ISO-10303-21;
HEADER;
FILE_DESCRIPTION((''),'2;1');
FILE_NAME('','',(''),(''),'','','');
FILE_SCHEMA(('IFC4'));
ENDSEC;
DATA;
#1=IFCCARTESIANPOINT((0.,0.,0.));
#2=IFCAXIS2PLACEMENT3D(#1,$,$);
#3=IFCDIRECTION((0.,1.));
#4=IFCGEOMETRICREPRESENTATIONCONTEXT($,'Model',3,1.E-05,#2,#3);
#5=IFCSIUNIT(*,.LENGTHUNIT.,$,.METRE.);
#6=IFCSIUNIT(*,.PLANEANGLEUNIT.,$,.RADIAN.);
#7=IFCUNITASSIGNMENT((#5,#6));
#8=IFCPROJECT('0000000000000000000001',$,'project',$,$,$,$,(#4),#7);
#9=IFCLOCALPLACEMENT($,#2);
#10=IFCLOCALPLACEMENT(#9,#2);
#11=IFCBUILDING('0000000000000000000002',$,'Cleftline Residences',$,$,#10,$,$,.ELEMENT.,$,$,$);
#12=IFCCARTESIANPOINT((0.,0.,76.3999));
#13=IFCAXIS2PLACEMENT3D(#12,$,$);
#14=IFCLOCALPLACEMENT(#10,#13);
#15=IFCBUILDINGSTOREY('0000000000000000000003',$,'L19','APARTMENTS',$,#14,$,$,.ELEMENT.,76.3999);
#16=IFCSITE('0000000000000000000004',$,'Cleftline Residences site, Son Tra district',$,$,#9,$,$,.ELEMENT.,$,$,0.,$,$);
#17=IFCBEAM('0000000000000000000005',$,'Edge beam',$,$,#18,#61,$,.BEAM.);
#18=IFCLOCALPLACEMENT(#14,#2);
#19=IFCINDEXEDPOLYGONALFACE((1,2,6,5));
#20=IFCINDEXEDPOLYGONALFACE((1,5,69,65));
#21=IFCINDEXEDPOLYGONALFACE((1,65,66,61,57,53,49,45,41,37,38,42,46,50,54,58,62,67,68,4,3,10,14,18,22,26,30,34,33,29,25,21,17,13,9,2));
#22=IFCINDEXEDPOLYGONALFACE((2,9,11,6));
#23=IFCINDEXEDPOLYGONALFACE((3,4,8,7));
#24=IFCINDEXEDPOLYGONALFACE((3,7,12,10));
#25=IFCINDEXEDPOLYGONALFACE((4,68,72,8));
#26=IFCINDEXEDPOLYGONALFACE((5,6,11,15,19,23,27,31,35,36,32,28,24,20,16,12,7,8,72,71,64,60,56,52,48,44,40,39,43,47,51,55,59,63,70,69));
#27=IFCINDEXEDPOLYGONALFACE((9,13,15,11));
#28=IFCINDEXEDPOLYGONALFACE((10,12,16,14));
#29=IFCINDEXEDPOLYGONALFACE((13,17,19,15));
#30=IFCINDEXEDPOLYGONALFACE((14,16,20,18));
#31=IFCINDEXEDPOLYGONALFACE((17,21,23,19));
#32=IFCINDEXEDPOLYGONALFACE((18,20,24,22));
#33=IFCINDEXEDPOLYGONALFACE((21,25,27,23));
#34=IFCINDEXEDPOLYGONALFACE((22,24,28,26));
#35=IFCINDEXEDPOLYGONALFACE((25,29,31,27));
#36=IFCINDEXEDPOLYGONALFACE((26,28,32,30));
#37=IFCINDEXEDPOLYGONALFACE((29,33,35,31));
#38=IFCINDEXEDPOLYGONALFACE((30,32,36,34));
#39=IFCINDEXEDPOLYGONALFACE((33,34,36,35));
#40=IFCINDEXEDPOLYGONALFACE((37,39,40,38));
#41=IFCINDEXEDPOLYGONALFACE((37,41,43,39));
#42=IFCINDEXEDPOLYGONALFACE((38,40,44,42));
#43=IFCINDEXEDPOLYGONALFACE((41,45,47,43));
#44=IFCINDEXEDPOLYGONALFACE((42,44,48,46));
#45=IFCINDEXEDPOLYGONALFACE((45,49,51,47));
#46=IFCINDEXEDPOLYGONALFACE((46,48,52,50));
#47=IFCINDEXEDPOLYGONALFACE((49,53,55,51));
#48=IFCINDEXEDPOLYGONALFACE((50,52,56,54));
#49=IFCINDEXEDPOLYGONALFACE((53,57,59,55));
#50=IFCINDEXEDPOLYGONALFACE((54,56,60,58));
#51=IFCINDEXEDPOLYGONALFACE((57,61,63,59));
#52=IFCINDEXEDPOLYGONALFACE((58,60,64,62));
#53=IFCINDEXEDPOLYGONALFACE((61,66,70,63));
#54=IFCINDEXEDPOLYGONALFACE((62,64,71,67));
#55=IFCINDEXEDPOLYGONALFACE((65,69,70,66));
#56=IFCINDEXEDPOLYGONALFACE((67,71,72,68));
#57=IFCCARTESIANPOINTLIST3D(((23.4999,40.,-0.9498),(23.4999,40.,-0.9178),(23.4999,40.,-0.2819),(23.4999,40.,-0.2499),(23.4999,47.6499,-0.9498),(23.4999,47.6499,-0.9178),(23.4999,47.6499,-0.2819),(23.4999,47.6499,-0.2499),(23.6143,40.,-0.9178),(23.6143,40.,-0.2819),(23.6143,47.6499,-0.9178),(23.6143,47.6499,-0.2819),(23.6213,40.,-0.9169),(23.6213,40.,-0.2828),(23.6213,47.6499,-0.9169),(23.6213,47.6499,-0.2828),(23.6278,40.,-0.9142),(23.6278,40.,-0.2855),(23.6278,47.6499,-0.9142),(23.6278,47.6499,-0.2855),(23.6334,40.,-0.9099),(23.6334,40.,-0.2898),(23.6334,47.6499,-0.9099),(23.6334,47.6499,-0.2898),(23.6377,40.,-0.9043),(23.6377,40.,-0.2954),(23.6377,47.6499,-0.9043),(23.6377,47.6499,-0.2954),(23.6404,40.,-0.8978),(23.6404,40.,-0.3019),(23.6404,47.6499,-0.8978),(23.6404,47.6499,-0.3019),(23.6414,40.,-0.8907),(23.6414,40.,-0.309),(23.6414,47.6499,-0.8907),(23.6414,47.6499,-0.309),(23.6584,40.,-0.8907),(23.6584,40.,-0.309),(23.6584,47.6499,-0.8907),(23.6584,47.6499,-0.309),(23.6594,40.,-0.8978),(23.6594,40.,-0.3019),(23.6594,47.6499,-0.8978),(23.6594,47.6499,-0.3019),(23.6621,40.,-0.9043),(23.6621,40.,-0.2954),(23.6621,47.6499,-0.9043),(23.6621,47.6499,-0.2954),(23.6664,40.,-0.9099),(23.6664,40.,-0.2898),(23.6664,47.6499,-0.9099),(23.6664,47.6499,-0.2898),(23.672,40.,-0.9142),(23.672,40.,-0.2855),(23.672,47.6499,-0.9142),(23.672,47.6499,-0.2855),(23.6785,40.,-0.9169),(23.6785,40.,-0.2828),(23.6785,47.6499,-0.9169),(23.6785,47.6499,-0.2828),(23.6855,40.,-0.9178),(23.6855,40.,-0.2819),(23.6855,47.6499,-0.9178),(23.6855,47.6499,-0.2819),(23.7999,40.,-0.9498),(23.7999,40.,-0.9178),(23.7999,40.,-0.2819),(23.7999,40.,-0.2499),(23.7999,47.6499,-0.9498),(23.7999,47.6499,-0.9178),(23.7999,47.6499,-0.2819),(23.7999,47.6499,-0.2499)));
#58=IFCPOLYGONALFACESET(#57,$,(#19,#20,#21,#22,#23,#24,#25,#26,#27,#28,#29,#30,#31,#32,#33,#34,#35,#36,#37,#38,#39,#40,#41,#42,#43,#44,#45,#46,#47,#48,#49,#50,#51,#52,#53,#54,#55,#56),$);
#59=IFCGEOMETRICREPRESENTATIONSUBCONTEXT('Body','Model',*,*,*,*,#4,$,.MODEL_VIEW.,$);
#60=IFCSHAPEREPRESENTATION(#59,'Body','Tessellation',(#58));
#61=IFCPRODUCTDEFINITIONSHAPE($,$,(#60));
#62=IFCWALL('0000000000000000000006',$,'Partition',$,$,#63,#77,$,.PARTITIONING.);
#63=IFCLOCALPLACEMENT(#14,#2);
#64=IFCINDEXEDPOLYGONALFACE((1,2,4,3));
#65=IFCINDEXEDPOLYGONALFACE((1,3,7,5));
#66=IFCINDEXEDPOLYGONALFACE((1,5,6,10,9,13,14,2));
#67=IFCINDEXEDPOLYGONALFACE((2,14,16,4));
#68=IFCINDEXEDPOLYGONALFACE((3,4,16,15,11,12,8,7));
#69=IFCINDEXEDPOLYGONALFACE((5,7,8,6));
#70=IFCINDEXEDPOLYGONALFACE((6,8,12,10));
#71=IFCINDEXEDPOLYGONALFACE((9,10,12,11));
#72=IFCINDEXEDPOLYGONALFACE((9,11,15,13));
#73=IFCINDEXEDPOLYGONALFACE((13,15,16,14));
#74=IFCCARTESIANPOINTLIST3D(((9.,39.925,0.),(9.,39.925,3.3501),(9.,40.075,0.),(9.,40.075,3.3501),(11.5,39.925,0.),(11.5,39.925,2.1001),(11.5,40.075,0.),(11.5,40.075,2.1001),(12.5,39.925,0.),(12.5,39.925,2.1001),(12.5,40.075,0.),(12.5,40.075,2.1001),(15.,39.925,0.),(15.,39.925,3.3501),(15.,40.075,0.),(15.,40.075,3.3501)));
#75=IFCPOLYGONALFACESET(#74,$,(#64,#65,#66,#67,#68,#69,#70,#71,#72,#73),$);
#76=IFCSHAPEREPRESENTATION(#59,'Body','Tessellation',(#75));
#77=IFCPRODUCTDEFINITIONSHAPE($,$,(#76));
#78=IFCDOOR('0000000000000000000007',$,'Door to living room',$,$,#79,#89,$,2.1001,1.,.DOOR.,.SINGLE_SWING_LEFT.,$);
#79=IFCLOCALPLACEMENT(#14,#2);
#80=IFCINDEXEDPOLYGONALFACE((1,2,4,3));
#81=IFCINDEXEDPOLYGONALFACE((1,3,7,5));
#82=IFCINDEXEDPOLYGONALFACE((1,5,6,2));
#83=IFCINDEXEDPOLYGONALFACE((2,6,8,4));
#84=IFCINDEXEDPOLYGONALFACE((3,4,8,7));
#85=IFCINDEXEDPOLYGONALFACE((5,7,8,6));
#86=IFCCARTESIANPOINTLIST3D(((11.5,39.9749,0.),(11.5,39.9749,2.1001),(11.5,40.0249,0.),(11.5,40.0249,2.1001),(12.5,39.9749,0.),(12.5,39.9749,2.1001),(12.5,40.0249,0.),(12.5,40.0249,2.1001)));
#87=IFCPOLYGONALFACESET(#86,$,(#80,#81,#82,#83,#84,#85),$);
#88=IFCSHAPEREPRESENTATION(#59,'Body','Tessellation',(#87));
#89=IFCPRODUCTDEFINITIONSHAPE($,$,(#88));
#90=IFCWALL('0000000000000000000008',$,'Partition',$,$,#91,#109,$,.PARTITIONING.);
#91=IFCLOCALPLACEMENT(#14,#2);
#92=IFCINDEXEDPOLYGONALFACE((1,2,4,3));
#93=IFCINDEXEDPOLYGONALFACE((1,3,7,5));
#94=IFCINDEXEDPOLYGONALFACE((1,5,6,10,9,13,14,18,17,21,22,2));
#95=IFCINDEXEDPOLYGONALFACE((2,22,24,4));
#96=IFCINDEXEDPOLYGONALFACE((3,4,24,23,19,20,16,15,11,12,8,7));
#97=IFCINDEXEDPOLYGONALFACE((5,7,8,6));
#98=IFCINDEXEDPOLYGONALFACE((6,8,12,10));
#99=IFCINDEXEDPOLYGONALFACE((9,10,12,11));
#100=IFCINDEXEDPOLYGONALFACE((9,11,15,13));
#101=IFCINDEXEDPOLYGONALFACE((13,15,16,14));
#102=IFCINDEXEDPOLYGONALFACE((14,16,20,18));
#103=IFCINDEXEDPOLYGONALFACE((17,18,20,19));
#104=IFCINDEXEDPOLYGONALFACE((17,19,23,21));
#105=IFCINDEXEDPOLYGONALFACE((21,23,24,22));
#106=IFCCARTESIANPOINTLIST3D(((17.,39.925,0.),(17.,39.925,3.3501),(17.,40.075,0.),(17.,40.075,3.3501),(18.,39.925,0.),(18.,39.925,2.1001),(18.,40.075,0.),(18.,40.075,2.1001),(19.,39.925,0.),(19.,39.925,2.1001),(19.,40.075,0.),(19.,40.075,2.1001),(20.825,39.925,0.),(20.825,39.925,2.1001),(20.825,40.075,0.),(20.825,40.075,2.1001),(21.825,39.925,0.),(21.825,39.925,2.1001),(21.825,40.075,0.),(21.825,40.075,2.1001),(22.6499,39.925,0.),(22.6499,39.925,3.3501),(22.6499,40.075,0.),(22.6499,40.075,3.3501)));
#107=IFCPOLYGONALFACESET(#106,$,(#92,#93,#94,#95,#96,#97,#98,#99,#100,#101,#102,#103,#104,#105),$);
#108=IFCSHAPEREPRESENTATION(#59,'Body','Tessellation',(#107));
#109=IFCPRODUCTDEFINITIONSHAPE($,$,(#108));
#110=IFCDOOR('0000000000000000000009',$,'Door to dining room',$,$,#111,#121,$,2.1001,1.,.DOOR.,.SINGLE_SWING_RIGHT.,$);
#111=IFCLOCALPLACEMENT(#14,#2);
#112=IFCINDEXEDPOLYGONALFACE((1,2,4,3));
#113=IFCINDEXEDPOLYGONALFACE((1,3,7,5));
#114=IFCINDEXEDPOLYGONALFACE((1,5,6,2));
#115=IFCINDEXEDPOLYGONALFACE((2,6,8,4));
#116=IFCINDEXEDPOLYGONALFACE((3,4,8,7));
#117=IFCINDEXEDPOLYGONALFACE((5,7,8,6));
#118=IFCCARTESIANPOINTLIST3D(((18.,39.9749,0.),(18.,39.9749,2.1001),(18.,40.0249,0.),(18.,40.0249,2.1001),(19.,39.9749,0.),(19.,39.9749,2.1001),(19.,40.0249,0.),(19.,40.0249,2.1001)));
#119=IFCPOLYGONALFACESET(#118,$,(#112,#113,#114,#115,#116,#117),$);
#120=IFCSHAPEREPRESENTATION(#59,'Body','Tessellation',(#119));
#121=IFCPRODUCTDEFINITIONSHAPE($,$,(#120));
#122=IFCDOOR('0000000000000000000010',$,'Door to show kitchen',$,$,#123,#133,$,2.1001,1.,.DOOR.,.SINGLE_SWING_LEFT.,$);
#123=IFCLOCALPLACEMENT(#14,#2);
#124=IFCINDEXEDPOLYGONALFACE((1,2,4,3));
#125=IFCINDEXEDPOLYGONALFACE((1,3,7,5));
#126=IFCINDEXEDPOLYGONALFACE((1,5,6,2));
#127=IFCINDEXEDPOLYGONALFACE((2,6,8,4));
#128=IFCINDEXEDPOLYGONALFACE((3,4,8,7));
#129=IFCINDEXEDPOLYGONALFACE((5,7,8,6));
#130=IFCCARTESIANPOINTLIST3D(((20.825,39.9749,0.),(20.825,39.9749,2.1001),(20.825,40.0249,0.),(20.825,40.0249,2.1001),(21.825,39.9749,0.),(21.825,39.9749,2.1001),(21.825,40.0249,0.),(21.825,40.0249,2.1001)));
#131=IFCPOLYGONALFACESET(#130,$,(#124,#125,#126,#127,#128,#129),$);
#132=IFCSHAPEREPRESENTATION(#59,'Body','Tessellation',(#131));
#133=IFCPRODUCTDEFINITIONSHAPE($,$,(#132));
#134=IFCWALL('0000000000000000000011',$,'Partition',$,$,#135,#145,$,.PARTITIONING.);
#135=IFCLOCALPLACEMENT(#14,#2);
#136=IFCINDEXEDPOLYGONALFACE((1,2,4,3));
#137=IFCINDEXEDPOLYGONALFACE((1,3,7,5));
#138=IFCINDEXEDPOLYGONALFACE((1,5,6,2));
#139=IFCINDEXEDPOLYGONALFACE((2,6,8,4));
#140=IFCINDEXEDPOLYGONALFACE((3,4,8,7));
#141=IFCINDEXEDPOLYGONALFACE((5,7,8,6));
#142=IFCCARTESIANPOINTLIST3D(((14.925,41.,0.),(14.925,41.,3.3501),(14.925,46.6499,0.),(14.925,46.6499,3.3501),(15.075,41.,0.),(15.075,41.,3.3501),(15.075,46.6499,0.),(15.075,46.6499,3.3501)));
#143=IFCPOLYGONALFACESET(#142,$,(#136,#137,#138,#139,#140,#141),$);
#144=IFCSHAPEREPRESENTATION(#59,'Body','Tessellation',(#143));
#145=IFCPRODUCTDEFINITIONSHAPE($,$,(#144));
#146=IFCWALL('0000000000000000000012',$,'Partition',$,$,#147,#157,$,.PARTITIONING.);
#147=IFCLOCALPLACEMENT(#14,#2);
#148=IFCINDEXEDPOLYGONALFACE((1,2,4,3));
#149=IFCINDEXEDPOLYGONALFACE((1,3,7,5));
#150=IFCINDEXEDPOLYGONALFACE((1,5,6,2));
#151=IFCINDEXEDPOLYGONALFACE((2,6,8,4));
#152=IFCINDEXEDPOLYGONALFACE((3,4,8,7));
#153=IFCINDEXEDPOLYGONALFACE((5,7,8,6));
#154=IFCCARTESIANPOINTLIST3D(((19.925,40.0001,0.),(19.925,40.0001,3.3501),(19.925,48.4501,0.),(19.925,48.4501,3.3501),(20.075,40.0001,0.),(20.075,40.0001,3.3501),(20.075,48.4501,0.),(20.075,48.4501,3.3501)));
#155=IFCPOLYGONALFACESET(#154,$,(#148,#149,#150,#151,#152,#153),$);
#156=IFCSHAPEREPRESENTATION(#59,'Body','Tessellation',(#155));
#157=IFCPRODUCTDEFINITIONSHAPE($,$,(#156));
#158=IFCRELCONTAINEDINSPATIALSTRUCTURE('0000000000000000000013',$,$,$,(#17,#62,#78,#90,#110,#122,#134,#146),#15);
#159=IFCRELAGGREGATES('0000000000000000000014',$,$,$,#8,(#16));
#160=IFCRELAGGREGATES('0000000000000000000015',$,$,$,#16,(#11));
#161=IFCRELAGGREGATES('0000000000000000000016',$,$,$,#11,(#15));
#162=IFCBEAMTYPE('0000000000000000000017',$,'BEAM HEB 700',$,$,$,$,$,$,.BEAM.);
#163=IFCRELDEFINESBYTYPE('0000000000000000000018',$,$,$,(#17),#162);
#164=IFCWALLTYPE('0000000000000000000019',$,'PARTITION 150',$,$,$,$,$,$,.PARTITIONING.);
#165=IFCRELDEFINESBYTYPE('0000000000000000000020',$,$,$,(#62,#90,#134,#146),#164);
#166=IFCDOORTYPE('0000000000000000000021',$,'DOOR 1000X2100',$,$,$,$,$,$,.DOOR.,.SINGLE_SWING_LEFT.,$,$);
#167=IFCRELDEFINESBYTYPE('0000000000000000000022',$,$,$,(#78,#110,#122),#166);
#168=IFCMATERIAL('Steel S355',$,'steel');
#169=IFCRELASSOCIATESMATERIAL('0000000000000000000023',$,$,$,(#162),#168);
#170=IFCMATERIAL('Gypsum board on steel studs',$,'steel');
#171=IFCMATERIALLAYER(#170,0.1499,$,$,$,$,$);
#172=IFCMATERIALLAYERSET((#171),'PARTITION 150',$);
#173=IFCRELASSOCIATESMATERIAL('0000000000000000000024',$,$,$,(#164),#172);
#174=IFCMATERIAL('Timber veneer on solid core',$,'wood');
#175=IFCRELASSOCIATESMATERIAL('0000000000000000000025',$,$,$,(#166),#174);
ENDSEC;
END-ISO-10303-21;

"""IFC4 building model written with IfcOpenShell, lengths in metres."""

from ifc_helpers import new_model, si_unit, direction, frame, frame_2d, origin, origin_2d, place, context, subcontext, project, spatial, rectangle, i_section, extrude, material, layer, layer_set, material_profile, profile_set, type_object, element, fill, save


model = new_model("IFC4")

# Units and contexts
model_context = context("Model", 3, precision=1e-05, world=origin(), true_north=direction((0.0, 1.0)))
body_context = subcontext(model_context, "Body", "Model", "MODEL_VIEW")
ifc_project = project(units=[si_unit("LENGTHUNIT", "METRE"), si_unit("PLANEANGLEUNIT", "RADIAN")], contexts=[model_context])

# Site, building, storey
site_placement = place(None, origin())
site = spatial("IfcSite", under=ifc_project, at=site_placement, Name="Cleftline Residences site, Son Tra district", CompositionType="ELEMENT", RefElevation=0.0)
building_placement = place(site_placement, origin())
building = spatial("IfcBuilding", under=site, at=building_placement, Name="Cleftline Residences", CompositionType="ELEMENT")
storey_placement = place(building_placement, frame((0.0, 0.0, 76.3999)))
storey = spatial("IfcBuildingStorey", under=building, at=storey_placement, Name="L19", Description="APARTMENTS", CompositionType="ELEMENT", Elevation=76.3999)

# Beam
ifc_material_1 = material(Name="Steel S355", Category="steel")
ifc_material_profile_1 = material_profile(ifc_material_1, i_section(OverallWidth=0.3, OverallDepth=0.7, WebThickness=0.0171, FlangeThickness=0.032, FilletRadius=0.0271, at=origin_2d()))
ifc_profile_set_1 = profile_set([ifc_material_profile_1], Name="Steel S355")
beam_type = type_object("IfcBeamType", Name="BEAM HEB 700", PredefinedType="BEAM", material=ifc_profile_set_1)
for number, where, z_axis, x_axis, name in (
    (1, (23.6499, 47.6499, -0.5999), (0.0, -1.0, 0.0), (1.0, 0.0, 0.0), "Edge beam"),
):
    element("IfcBeam", number, at=place(storey_placement, frame(where, z_axis=z_axis, x_axis=x_axis)), inside=storey, type_object=beam_type, Name=name, PredefinedType="BEAM", context=body_context, shape_type="SweptSolid", body=[
        extrude(i_section(OverallWidth=0.3, OverallDepth=0.7, WebThickness=0.0171, FlangeThickness=0.032, FilletRadius=0.0271, at=origin_2d()), origin(), (0.0, 0.0, 1.0), 7.6499),
    ])

# Wall, opening, door
ifc_material_2 = material(Name="Gypsum board on steel studs", Category="steel")
ifc_layer = layer(ifc_material_2, 0.1499)
ifc_layer_set = layer_set([ifc_layer], Name="PARTITION 150")
wall_type = type_object("IfcWallType", Name="PARTITION 150", PredefinedType="PARTITIONING", material=ifc_layer_set)
wall_1_placement = place(storey_placement, frame((9.0, 40.0, 0.0), z_axis=(0.0, 0.0, 1.0), x_axis=(1.0, 0.0, 0.0)))
wall_1 = element("IfcWall", 2, at=wall_1_placement, inside=storey, type_object=wall_type, Name="Partition", PredefinedType="PARTITIONING", context=body_context, shape_type="SweptSolid", body=[
    extrude(rectangle(XDim=6.0, YDim=0.1499, at=frame_2d((3.0, 0.0))), origin(), (0.0, 0.0, 1.0), 3.3501),
])
opening_1_placement = place(wall_1_placement, frame((2.5, 0.0, 0.0)))
opening_1 = element("IfcOpeningElement", 3, at=opening_1_placement, cuts=wall_1, PredefinedType="OPENING", context=body_context, shape_type="SweptSolid", body=[
    extrude(rectangle(XDim=1.0, YDim=2.1001, at=frame_2d((0.5, 1.05))), frame((0.0, 0.085, 0.0), z_axis=(0.0, -1.0, 0.0), x_axis=(1.0, 0.0, 0.0)), (0.0, 0.0, 1.0), 0.1699),
])
ifc_material_3 = material(Name="Timber veneer on solid core", Category="wood")
door_type = type_object("IfcDoorType", Name="DOOR 1000X2100", OperationType="SINGLE_SWING_LEFT", PredefinedType="DOOR", material=ifc_material_3)
door_1_placement = place(opening_1_placement, origin())
door_1 = element("IfcDoor", 4, at=door_1_placement, inside=storey, type_object=door_type, Name="Door to living room", OperationType="SINGLE_SWING_LEFT", OverallHeight=2.1001, OverallWidth=1.0, PredefinedType="DOOR", context=body_context, shape_type="SweptSolid", body=[
    extrude(rectangle(XDim=1.0, YDim=2.1001, at=frame_2d((0.5, 1.05))), frame((0.0, 0.0249, 0.0), z_axis=(0.0, -1.0, 0.0), x_axis=(1.0, 0.0, 0.0)), (0.0, 0.0, 1.0), 0.05),
])
fill(opening_1, door_1)

# Wall, openings, doors
wall_2_placement = place(storey_placement, frame((17.0, 40.0, 0.0), z_axis=(0.0, 0.0, 1.0), x_axis=(1.0, 0.0, 0.0)))
wall_2 = element("IfcWall", 5, at=wall_2_placement, inside=storey, type_object=wall_type, Name="Partition", PredefinedType="PARTITIONING", context=body_context, shape_type="SweptSolid", body=[
    extrude(rectangle(XDim=5.6499, YDim=0.1499, at=frame_2d((2.825, 0.0))), origin(), (0.0, 0.0, 1.0), 3.3501),
])
opening_2_placement = place(wall_2_placement, frame((1.0, 0.0, 0.0)))
opening_2 = element("IfcOpeningElement", 6, at=opening_2_placement, cuts=wall_2, PredefinedType="OPENING", context=body_context, shape_type="SweptSolid", body=[
    extrude(rectangle(XDim=1.0, YDim=2.1001, at=frame_2d((0.5, 1.05))), frame((0.0, 0.085, 0.0), z_axis=(0.0, -1.0, 0.0), x_axis=(1.0, 0.0, 0.0)), (0.0, 0.0, 1.0), 0.1699),
])
opening_3_placement = place(wall_2_placement, frame((3.825, 0.0, 0.0)))
opening_3 = element("IfcOpeningElement", 7, at=opening_3_placement, cuts=wall_2, PredefinedType="OPENING", context=body_context, shape_type="SweptSolid", body=[
    extrude(rectangle(XDim=1.0, YDim=2.1001, at=frame_2d((0.5, 1.05))), frame((0.0, 0.085, 0.0), z_axis=(0.0, -1.0, 0.0), x_axis=(1.0, 0.0, 0.0)), (0.0, 0.0, 1.0), 0.1699),
])
door_2_placement = place(opening_2_placement, origin())
door_2 = element("IfcDoor", 8, at=door_2_placement, inside=storey, type_object=door_type, Name="Door to dining room", OperationType="SINGLE_SWING_RIGHT", OverallHeight=2.1001, OverallWidth=1.0, PredefinedType="DOOR", context=body_context, shape_type="SweptSolid", body=[
    extrude(rectangle(XDim=1.0, YDim=2.1001, at=frame_2d((0.5, 1.05))), frame((0.0, 0.0249, 0.0), z_axis=(0.0, -1.0, 0.0), x_axis=(1.0, 0.0, 0.0)), (0.0, 0.0, 1.0), 0.05),
])
fill(opening_2, door_2)
door_3_placement = place(opening_3_placement, origin())
door_3 = element("IfcDoor", 9, at=door_3_placement, inside=storey, type_object=door_type, Name="Door to show kitchen", OperationType="SINGLE_SWING_LEFT", OverallHeight=2.1001, OverallWidth=1.0, PredefinedType="DOOR", context=body_context, shape_type="SweptSolid", body=[
    extrude(rectangle(XDim=1.0, YDim=2.1001, at=frame_2d((0.5, 1.05))), frame((0.0, 0.0249, 0.0), z_axis=(0.0, -1.0, 0.0), x_axis=(1.0, 0.0, 0.0)), (0.0, 0.0, 1.0), 0.05),
])
fill(opening_3, door_3)

# Walls
wall_3_placement = place(storey_placement, frame((15.0, 41.0, 0.0), z_axis=(0.0, 0.0, 1.0), x_axis=(0.0, 1.0, 0.0)))
element("IfcWall", 10, at=wall_3_placement, inside=storey, type_object=wall_type, Name="Partition", PredefinedType="PARTITIONING", context=body_context, shape_type="SweptSolid", body=[
    extrude(rectangle(XDim=5.6499, YDim=0.1499, at=frame_2d((2.825, 0.0))), origin(), (0.0, 0.0, 1.0), 3.3501),
])
wall_4_placement = place(storey_placement, frame((20.0, 40.0, 0.0), z_axis=(0.0, 0.0, 1.0), x_axis=(0.0, 1.0, 0.0)))
element("IfcWall", 11, at=wall_4_placement, inside=storey, type_object=wall_type, Name="Partition", PredefinedType="PARTITIONING", context=body_context, shape_type="SweptSolid", body=[
    extrude(rectangle(XDim=8.45, YDim=0.1499, at=frame_2d((4.2251, 0.0))), origin(), (0.0, 0.0, 1.0), 3.3501),
])

save(model, "model.ifc")
